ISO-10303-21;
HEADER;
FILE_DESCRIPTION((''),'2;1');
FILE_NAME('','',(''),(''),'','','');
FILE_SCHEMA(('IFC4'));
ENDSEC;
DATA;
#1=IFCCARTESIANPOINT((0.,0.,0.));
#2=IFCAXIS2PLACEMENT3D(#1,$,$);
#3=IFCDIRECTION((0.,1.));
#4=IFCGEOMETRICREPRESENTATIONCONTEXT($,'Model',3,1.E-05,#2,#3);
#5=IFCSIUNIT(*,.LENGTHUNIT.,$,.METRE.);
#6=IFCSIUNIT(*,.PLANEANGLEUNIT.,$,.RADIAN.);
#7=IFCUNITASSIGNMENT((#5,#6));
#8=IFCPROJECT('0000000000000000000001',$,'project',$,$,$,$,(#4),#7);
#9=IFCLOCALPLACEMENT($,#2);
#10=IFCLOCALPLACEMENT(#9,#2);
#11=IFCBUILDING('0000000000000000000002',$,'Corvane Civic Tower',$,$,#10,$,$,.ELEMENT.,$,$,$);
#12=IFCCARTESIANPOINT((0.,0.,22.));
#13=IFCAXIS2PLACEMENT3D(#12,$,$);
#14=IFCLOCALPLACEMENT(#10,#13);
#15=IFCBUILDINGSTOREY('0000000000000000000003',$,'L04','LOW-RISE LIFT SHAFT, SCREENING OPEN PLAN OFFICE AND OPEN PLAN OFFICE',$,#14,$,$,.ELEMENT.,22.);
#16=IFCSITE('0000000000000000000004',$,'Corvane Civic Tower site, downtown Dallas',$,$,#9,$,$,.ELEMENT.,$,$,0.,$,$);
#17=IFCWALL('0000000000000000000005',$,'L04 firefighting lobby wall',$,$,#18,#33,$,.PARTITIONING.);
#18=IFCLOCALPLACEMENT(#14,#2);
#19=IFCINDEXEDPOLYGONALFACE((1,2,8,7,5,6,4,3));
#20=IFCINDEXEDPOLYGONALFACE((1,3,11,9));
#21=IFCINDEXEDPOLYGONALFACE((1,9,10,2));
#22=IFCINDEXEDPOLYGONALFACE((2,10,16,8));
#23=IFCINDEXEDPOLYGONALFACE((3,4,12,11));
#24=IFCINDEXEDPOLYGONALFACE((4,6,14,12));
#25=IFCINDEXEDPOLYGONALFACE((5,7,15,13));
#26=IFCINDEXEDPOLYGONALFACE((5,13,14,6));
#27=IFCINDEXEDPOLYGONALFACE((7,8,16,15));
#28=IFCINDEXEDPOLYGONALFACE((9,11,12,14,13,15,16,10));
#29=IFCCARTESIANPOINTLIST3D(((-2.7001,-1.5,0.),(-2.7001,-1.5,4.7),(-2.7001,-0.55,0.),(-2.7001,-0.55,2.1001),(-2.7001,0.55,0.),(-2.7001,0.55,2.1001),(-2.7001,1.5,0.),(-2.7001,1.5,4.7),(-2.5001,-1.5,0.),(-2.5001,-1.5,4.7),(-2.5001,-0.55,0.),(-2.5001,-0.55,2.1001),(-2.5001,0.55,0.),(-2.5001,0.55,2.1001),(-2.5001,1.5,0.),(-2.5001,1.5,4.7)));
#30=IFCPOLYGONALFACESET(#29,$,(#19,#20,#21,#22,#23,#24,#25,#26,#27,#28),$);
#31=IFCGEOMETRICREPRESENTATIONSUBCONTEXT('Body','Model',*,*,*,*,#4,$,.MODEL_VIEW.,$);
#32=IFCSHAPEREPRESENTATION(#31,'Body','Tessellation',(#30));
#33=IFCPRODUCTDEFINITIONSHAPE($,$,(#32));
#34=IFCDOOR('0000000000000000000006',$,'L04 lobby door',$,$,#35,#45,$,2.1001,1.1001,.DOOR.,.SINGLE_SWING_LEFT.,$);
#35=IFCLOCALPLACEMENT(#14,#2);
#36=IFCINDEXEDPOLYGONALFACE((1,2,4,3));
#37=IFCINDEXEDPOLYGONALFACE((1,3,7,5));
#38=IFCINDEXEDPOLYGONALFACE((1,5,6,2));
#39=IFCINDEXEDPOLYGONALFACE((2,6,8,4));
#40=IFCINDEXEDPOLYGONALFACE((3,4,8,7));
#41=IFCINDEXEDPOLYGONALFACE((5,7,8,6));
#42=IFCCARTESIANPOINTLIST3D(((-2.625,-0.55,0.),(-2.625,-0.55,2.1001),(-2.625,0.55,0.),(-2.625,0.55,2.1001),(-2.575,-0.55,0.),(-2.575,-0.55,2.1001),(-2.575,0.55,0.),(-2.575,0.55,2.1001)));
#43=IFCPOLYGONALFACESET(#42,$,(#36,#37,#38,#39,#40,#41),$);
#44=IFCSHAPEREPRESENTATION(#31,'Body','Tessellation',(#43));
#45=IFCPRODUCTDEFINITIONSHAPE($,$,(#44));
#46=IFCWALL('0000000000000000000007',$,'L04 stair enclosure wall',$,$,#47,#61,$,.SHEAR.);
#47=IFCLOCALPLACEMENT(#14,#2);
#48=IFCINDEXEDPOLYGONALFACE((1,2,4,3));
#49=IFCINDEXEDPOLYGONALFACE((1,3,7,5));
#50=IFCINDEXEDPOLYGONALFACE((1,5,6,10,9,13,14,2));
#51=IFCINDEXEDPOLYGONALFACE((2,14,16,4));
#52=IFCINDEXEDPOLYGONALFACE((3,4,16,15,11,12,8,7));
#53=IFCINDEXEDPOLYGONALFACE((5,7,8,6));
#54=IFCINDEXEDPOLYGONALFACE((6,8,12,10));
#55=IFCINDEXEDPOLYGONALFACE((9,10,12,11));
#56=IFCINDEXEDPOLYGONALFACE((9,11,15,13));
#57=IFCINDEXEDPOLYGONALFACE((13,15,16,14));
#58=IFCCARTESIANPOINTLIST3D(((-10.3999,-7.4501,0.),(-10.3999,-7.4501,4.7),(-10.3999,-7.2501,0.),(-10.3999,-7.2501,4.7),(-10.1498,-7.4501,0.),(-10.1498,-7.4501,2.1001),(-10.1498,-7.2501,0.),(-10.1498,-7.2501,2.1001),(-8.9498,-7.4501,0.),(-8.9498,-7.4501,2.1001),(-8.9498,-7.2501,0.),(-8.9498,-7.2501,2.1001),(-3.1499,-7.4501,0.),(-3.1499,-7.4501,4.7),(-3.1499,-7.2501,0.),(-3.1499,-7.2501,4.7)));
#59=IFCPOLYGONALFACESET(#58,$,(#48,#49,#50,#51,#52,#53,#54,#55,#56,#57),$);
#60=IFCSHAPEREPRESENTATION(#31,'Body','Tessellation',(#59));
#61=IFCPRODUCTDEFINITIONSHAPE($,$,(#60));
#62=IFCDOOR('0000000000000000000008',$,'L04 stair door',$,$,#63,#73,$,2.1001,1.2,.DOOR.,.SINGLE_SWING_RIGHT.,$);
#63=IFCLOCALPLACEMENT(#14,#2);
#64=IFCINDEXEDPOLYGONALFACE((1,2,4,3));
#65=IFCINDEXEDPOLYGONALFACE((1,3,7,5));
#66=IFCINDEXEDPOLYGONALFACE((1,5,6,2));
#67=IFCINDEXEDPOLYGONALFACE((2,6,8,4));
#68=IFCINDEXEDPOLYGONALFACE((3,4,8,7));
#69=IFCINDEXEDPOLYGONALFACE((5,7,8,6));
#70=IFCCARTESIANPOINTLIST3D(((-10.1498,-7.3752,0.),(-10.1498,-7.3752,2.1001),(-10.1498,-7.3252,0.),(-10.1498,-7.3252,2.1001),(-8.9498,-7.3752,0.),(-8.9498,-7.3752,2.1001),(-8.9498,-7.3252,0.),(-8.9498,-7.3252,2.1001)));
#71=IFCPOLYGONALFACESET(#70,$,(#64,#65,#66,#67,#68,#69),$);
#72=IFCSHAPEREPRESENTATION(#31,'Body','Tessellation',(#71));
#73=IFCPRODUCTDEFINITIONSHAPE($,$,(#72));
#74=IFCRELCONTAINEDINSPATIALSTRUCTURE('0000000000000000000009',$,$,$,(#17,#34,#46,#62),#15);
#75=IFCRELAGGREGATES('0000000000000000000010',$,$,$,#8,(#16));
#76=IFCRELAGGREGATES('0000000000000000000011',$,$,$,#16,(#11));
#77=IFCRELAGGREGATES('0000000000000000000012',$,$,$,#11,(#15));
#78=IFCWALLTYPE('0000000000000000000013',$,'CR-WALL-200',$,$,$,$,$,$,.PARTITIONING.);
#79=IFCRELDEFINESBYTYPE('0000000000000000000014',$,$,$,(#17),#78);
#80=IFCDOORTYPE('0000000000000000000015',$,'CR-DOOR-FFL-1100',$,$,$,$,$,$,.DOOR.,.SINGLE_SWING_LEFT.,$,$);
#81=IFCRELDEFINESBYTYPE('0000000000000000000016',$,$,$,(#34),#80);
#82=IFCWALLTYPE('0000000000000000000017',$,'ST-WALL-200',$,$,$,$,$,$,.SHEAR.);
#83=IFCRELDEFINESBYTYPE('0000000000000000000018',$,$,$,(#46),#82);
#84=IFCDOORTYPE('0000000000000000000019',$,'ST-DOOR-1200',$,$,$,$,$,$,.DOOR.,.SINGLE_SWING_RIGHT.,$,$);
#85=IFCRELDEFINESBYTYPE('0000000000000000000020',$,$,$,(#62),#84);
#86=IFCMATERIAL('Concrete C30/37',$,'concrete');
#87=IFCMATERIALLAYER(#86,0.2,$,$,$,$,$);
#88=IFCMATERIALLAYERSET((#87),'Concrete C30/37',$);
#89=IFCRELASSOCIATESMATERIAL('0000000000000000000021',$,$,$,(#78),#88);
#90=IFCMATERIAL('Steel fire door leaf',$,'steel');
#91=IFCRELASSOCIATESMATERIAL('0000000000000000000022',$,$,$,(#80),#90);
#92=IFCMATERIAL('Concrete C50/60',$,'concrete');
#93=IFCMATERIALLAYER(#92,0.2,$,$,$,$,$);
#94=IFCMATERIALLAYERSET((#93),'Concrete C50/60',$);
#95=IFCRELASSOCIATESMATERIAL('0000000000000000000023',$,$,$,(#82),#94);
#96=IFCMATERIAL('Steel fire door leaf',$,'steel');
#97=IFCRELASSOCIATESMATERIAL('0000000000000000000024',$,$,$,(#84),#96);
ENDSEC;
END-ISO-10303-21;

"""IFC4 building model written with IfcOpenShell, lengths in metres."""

from ifc_helpers import new_model, si_unit, direction, frame, frame_2d, origin, place, context, subcontext, project, spatial, rectangle, extrude, material, layer, layer_set, type_object, element, fill, save


model = new_model("IFC4")

# Units and contexts
model_context = context("Model", 3, precision=1e-05, world=origin(), true_north=direction((0.0, 1.0)))
body_context = subcontext(model_context, "Body", "Model", "MODEL_VIEW")
ifc_project = project(units=[si_unit("LENGTHUNIT", "METRE"), si_unit("PLANEANGLEUNIT", "RADIAN")], contexts=[model_context])

# Site, building, storey
site_placement = place(None, origin())
site = spatial("IfcSite", under=ifc_project, at=site_placement, Name="Corvane Civic Tower site, downtown Dallas", CompositionType="ELEMENT", RefElevation=0.0)
building_placement = place(site_placement, origin())
building = spatial("IfcBuilding", under=site, at=building_placement, Name="Corvane Civic Tower", CompositionType="ELEMENT")
storey_placement = place(building_placement, frame((0.0, 0.0, 22.0)))
storey = spatial("IfcBuildingStorey", under=building, at=storey_placement, Name="L04", Description="LOW-RISE LIFT SHAFT, SCREENING OPEN PLAN OFFICE AND OPEN PLAN OFFICE", CompositionType="ELEMENT", Elevation=22.0)

# Shared definitions
ifc_material_1 = material(Name="Concrete C30/37", Category="concrete")
ifc_layer_1 = layer(ifc_material_1, 0.2)
ifc_layer_set_1 = layer_set([ifc_layer_1], Name="Concrete C30/37")
wall_type_1 = type_object("IfcWallType", Name="CR-WALL-200", PredefinedType="PARTITIONING", material=ifc_layer_set_1)

# Walls, openings, doors
ifc_material_2 = material(Name="Steel fire door leaf", Category="steel")
door_type_1 = type_object("IfcDoorType", Name="CR-DOOR-FFL-1100", OperationType="SINGLE_SWING_LEFT", PredefinedType="DOOR", material=ifc_material_2)
wall_1_placement = place(storey_placement, frame((-2.6001, -1.5, 0.0), z_axis=(0.0, 0.0, 1.0), x_axis=(0.0, 1.0, 0.0)))
wall_1 = element("IfcWall", 1, at=wall_1_placement, inside=storey, type_object=wall_type_1, Name="L04 firefighting lobby wall", PredefinedType="PARTITIONING", context=body_context, shape_type="SweptSolid", body=[
    extrude(rectangle(XDim=3.0, YDim=0.2, at=frame_2d((1.5, 0.0))), origin(), (0.0, 0.0, 1.0), 4.7),
])
opening_1_placement = place(wall_1_placement, frame((0.95, 0.0, 0.0)))
opening_1 = element("IfcOpeningElement", 2, at=opening_1_placement, cuts=wall_1, PredefinedType="OPENING", context=body_context, shape_type="SweptSolid", body=[
    extrude(rectangle(XDim=1.1001, YDim=2.1001, at=frame_2d((0.55, 1.05))), frame((0.0, 0.1099, 0.0), z_axis=(0.0, -1.0, 0.0), x_axis=(1.0, 0.0, 0.0)), (0.0, 0.0, 1.0), 0.22),
])
door_1_placement = place(opening_1_placement, origin())
door_1 = element("IfcDoor", 3, at=door_1_placement, inside=storey, type_object=door_type_1, Name="L04 lobby door", OperationType="SINGLE_SWING_LEFT", OverallHeight=2.1001, OverallWidth=1.1001, PredefinedType="DOOR", context=body_context, shape_type="SweptSolid", body=[
    extrude(rectangle(XDim=1.1001, YDim=2.1001, at=frame_2d((0.55, 1.05))), frame((0.0, 0.0249, 0.0), z_axis=(0.0, -1.0, 0.0), x_axis=(1.0, 0.0, 0.0)), (0.0, 0.0, 1.0), 0.05),
])
fill(opening_1, door_1)
ifc_material_3 = material(Name="Concrete C50/60", Category="concrete")
ifc_layer_2 = layer(ifc_material_3, 0.2)
ifc_layer_set_2 = layer_set([ifc_layer_2], Name="Concrete C50/60")
wall_type_2 = type_object("IfcWallType", Name="ST-WALL-200", PredefinedType="SHEAR", material=ifc_layer_set_2)
wall_2_placement = place(storey_placement, frame((-10.3999, -7.3501, 0.0), z_axis=(0.0, 0.0, 1.0), x_axis=(1.0, 0.0, 0.0)))
wall_2 = element("IfcWall", 4, at=wall_2_placement, inside=storey, type_object=wall_type_2, Name="L04 stair enclosure wall", PredefinedType="SHEAR", context=body_context, shape_type="SweptSolid", body=[
    extrude(rectangle(XDim=7.25, YDim=0.2, at=frame_2d((3.625, 0.0))), origin(), (0.0, 0.0, 1.0), 4.7),
])
opening_2_placement = place(wall_2_placement, frame((0.25, 0.0, 0.0)))
opening_2 = element("IfcOpeningElement", 5, at=opening_2_placement, cuts=wall_2, PredefinedType="OPENING", context=body_context, shape_type="SweptSolid", body=[
    extrude(rectangle(XDim=1.2, YDim=2.1001, at=frame_2d((0.6001, 1.05))), frame((0.0, 0.1099, 0.0), z_axis=(0.0, -1.0, 0.0), x_axis=(1.0, 0.0, 0.0)), (0.0, 0.0, 1.0), 0.22),
])
ifc_material_4 = material(Name="Steel fire door leaf", Category="steel")
door_type_2 = type_object("IfcDoorType", Name="ST-DOOR-1200", OperationType="SINGLE_SWING_RIGHT", PredefinedType="DOOR", material=ifc_material_4)
door_2_placement = place(opening_2_placement, origin())
door_2 = element("IfcDoor", 6, at=door_2_placement, inside=storey, type_object=door_type_2, Name="L04 stair door", OperationType="SINGLE_SWING_RIGHT", OverallHeight=2.1001, OverallWidth=1.2, PredefinedType="DOOR", context=body_context, shape_type="SweptSolid", body=[
    extrude(rectangle(XDim=1.2, YDim=2.1001, at=frame_2d((0.6001, 1.05))), frame((0.0, 0.0249, 0.0), z_axis=(0.0, -1.0, 0.0), x_axis=(1.0, 0.0, 0.0)), (0.0, 0.0, 1.0), 0.05),
])
fill(opening_2, door_2)

save(model, "model.ifc")
